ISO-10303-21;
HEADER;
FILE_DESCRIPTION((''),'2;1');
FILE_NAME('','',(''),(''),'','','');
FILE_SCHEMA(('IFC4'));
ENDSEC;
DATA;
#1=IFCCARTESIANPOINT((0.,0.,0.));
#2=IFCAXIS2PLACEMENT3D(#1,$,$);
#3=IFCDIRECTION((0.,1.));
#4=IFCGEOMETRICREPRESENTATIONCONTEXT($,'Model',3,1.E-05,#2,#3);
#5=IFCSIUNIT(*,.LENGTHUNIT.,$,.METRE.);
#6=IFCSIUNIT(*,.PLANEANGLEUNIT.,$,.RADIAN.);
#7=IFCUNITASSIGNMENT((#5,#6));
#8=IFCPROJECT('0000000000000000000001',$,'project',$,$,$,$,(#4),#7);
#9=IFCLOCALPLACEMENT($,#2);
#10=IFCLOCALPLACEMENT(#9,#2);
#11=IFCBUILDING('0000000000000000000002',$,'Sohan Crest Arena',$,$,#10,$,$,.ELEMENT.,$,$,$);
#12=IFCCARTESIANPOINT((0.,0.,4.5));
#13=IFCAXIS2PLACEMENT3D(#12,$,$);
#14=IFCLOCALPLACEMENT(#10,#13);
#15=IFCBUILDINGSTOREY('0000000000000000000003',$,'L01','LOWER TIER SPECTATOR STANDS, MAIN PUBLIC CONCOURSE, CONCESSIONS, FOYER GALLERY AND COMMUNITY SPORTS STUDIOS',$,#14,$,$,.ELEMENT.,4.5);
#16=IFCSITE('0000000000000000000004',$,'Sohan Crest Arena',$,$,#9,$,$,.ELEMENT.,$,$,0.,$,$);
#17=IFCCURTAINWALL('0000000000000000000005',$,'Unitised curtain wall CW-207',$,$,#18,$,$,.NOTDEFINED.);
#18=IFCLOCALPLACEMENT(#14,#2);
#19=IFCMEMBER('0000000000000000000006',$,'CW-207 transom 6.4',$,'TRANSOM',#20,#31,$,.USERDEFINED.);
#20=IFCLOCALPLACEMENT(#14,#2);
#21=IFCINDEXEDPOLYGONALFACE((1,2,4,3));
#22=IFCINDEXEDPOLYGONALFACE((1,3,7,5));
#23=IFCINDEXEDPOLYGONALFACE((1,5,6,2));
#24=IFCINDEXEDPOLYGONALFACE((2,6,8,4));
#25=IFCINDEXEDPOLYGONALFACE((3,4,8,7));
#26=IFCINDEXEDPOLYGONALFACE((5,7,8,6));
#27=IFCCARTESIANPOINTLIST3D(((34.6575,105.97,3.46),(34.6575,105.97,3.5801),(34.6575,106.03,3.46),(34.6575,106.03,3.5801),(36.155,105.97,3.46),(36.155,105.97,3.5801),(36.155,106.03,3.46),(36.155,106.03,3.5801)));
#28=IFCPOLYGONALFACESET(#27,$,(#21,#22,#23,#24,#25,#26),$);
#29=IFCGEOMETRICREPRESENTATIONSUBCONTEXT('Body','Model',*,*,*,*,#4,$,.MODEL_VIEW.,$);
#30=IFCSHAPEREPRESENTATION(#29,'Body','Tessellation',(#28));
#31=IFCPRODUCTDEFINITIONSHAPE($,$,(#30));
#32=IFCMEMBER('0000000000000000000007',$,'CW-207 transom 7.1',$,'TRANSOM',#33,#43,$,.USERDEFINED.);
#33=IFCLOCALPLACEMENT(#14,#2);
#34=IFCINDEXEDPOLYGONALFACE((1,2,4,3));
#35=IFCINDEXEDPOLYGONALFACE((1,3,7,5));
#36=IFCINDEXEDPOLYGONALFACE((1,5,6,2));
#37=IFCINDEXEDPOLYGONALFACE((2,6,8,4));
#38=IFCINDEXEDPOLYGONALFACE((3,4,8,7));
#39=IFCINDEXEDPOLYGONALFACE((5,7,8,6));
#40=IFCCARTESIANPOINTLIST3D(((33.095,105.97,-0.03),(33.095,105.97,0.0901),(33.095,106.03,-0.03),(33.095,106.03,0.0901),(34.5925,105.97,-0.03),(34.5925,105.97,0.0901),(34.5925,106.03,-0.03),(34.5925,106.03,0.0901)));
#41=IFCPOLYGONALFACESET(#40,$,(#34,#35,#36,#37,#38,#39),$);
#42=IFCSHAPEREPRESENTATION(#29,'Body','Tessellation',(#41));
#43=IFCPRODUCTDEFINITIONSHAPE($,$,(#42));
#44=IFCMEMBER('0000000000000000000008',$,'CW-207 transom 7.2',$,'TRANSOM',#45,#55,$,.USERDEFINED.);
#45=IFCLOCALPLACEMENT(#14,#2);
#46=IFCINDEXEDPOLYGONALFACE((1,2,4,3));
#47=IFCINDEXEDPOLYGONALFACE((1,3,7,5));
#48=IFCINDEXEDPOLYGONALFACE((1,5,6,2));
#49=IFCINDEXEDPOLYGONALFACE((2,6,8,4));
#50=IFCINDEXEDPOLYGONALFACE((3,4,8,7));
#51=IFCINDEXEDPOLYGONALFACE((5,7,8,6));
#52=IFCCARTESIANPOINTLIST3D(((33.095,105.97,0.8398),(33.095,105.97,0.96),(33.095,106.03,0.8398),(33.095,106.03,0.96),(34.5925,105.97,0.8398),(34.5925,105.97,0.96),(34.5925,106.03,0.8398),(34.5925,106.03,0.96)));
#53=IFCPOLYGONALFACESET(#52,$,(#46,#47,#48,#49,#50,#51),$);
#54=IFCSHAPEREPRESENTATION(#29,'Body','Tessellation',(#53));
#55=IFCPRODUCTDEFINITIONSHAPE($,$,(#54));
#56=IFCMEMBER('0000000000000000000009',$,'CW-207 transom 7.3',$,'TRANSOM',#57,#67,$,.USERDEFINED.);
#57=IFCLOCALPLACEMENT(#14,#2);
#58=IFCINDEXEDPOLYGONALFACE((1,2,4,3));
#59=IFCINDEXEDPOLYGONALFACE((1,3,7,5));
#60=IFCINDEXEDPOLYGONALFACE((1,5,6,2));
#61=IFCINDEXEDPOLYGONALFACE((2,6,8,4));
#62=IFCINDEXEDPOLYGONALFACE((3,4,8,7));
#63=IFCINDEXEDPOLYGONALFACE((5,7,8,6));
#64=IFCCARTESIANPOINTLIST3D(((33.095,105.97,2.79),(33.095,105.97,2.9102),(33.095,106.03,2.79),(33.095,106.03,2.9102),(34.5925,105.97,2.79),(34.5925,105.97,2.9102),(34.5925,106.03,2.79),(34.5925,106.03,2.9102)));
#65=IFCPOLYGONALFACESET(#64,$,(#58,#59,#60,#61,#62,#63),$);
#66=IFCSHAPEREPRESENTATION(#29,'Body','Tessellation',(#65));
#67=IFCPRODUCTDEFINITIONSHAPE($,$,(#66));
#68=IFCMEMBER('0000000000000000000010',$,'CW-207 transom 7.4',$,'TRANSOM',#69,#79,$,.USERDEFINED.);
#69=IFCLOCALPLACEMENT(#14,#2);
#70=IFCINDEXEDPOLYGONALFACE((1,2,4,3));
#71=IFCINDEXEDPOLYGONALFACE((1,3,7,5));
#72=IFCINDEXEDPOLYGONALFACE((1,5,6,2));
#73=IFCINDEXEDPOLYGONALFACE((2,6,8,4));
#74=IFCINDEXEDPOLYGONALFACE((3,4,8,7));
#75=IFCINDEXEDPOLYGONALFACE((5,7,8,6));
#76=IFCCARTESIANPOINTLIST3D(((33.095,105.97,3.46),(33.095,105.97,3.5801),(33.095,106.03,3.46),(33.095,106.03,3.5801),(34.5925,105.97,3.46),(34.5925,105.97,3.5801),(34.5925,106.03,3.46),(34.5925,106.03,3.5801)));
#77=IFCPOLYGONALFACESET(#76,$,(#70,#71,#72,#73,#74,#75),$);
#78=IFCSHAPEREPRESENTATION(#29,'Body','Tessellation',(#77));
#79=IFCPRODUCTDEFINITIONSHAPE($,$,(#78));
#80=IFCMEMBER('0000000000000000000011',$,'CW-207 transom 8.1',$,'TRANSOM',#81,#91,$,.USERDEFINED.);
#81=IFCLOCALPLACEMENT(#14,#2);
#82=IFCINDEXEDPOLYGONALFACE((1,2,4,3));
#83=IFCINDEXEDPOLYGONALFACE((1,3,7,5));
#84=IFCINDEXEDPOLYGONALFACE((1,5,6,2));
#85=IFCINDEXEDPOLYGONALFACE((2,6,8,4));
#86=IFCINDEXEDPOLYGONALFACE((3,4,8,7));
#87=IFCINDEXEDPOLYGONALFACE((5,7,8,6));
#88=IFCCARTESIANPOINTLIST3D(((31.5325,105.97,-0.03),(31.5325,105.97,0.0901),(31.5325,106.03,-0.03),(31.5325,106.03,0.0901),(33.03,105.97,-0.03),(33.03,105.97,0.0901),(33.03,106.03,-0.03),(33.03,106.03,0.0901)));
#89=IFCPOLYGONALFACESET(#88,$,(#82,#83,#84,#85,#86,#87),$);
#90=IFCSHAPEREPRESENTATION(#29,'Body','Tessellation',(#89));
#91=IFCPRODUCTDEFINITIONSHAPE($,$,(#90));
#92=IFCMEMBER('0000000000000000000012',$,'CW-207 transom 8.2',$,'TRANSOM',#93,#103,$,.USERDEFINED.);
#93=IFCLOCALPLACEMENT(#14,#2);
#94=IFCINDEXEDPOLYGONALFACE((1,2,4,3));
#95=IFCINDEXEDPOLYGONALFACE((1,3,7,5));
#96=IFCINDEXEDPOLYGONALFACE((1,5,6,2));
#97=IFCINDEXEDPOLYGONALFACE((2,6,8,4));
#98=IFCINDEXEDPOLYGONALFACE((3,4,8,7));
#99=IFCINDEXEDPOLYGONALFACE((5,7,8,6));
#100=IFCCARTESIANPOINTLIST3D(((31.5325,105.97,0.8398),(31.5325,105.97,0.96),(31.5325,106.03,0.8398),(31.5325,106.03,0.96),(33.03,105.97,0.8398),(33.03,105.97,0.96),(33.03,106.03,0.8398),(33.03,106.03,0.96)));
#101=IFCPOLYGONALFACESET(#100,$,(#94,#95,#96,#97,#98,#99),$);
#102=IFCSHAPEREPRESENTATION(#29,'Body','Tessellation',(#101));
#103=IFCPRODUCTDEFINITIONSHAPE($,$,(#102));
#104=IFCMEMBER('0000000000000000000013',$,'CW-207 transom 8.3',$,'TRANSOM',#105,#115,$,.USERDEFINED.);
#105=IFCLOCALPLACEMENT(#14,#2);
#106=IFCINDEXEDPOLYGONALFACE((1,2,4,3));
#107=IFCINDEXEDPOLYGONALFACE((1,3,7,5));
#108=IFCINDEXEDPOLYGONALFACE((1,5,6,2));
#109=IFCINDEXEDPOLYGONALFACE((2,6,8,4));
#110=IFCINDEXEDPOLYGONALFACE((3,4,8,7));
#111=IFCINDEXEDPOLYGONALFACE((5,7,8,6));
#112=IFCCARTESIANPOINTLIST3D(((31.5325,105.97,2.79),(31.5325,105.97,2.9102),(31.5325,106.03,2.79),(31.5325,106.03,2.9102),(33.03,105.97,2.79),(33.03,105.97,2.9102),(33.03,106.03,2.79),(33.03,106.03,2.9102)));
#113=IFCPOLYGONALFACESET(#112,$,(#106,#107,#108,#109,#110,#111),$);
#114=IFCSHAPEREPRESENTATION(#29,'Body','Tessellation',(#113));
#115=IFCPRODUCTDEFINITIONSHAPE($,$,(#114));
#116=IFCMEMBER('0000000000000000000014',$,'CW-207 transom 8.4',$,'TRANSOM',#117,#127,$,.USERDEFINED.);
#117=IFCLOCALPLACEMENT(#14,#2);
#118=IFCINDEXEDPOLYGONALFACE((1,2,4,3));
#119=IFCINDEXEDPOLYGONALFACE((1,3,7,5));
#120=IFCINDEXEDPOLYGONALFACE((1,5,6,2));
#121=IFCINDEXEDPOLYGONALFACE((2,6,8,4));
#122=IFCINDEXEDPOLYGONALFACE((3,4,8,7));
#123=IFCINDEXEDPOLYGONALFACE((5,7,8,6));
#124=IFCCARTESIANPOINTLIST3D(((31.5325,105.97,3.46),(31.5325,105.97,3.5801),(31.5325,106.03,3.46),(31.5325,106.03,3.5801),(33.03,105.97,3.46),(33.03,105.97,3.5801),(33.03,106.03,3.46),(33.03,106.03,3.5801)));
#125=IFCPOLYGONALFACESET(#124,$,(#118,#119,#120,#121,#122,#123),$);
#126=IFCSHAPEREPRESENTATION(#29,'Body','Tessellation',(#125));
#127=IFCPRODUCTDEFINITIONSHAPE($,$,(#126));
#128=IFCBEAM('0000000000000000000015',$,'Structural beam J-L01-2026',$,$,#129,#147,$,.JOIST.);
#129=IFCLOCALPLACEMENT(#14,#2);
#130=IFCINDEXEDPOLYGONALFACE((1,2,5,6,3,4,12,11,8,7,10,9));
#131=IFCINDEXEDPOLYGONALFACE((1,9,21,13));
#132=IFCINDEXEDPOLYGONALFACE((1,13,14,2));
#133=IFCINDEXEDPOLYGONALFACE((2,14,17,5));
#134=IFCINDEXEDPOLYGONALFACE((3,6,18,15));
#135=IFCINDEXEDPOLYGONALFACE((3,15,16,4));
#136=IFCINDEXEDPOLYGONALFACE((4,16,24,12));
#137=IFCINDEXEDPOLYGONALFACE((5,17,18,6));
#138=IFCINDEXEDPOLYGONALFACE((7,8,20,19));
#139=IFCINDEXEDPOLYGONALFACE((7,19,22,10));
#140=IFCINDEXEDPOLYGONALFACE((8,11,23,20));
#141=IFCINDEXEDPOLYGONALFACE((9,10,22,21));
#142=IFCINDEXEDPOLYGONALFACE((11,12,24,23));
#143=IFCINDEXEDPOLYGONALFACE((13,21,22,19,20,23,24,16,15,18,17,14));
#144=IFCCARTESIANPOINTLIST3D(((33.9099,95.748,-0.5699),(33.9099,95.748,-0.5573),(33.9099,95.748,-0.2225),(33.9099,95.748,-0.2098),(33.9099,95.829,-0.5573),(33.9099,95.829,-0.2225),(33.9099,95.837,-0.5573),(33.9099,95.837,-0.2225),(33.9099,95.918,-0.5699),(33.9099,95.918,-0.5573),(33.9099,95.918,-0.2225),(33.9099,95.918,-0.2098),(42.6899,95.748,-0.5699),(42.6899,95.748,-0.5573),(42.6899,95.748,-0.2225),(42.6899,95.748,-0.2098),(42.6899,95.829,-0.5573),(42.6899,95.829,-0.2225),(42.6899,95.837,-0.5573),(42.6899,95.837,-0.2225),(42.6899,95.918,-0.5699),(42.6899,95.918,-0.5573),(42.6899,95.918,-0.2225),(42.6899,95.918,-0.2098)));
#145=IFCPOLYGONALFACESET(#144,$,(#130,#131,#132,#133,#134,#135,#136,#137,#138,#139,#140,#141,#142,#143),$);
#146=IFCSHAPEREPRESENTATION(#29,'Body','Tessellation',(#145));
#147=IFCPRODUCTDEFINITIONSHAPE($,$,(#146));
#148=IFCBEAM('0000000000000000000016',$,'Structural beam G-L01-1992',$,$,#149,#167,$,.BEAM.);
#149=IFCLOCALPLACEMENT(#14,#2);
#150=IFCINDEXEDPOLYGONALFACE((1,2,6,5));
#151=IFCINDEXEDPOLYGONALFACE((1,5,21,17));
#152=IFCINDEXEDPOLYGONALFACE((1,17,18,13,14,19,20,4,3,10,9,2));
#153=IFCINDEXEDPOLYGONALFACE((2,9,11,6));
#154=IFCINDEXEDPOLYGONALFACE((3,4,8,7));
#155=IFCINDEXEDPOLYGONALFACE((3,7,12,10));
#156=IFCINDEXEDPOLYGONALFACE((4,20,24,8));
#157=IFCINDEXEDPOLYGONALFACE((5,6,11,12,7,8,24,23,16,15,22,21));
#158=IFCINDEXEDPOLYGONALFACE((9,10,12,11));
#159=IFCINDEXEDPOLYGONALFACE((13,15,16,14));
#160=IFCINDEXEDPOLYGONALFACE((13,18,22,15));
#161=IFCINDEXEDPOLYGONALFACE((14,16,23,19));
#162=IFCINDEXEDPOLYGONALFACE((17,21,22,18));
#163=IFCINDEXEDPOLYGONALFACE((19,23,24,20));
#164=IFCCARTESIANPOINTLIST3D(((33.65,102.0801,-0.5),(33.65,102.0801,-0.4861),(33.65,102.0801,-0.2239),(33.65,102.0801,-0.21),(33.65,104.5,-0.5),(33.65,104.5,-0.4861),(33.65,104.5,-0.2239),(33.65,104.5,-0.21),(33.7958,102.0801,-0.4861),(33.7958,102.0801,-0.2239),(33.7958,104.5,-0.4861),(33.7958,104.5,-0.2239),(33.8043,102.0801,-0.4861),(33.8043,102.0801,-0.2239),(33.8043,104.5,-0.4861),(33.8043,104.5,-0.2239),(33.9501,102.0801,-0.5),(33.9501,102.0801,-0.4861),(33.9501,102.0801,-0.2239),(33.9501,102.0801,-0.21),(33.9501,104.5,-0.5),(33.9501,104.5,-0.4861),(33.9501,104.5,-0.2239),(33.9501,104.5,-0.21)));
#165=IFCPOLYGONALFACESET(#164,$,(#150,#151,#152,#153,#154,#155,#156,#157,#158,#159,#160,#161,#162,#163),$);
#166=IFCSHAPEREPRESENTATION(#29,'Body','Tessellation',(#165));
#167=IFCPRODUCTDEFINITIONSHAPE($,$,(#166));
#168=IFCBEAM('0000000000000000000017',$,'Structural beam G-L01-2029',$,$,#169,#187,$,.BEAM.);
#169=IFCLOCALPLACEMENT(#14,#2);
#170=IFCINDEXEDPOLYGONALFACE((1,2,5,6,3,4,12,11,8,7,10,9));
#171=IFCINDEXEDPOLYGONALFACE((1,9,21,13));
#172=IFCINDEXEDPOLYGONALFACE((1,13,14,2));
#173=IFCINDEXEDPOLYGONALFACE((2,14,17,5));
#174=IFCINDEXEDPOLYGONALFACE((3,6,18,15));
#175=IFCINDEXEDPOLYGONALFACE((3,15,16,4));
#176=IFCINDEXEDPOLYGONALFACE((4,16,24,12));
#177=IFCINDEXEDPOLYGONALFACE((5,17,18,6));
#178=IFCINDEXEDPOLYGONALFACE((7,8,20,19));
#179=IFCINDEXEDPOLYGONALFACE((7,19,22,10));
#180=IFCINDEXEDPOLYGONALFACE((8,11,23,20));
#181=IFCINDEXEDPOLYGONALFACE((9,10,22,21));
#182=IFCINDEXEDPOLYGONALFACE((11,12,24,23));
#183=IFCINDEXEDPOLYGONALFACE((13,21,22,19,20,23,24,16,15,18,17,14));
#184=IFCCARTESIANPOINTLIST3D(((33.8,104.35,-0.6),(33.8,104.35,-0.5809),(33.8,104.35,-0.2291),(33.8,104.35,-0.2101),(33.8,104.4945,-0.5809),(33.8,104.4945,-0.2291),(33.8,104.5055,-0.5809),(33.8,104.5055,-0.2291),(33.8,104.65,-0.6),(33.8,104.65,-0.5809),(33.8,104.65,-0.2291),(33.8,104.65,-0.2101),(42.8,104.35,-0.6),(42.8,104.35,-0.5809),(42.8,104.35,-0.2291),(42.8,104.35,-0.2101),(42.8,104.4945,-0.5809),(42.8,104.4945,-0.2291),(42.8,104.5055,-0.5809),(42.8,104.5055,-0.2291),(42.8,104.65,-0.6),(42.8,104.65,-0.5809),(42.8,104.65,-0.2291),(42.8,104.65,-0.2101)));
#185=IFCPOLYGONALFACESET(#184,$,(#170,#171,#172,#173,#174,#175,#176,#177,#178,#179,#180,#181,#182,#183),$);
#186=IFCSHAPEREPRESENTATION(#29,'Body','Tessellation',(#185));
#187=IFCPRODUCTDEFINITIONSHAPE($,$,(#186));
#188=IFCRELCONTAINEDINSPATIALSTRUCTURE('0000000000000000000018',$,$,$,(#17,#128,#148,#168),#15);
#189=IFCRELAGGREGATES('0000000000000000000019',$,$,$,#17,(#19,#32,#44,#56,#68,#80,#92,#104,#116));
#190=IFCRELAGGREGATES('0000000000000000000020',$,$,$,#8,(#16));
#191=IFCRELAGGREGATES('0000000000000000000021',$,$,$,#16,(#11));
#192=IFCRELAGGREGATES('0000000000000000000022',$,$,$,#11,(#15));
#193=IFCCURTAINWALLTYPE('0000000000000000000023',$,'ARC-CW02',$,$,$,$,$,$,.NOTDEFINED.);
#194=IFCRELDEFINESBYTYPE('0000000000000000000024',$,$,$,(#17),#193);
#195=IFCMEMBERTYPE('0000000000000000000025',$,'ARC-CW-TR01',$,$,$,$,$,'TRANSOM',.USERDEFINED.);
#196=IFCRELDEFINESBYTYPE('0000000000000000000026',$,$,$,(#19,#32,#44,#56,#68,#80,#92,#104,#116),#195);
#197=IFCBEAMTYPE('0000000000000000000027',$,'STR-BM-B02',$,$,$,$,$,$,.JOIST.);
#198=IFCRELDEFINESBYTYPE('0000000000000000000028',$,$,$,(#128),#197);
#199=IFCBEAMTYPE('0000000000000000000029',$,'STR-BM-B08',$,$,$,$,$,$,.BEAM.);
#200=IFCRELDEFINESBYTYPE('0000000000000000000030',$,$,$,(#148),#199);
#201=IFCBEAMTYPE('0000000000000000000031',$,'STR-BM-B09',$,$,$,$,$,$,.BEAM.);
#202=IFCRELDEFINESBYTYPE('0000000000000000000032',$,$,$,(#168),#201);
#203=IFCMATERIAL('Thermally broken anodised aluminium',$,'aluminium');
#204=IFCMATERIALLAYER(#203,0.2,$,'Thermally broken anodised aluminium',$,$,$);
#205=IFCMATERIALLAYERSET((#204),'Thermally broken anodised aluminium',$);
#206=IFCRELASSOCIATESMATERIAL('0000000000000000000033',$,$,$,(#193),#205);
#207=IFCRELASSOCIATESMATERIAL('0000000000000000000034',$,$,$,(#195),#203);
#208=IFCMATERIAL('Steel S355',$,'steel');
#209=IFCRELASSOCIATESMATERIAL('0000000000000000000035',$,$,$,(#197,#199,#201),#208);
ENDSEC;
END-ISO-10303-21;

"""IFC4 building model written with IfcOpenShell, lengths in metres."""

from ifc_helpers import new_model, si_unit, direction, frame, origin, origin_2d, place, context, subcontext, project, spatial, rectangle, i_section, extrude, material, layer, layer_set, material_profile, profile_set, type_object, element, aggregate, save


model = new_model("IFC4")

# Units and contexts
model_context = context("Model", 3, precision=1e-05, world=origin(), true_north=direction((0.0, 1.0)))
body_context = subcontext(model_context, "Body", "Model", "MODEL_VIEW")
ifc_project = project(units=[si_unit("LENGTHUNIT", "METRE"), si_unit("PLANEANGLEUNIT", "RADIAN")], contexts=[model_context])

# Site, building, storey
site_placement = place(None, origin())
site = spatial("IfcSite", under=ifc_project, at=site_placement, Name="Sohan Crest Arena", CompositionType="ELEMENT", RefElevation=0.0)
building_placement = place(site_placement, origin())
building = spatial("IfcBuilding", under=site, at=building_placement, Name="Sohan Crest Arena", CompositionType="ELEMENT")
storey_placement = place(building_placement, frame((0.0, 0.0, 4.5)))
storey = spatial("IfcBuildingStorey", under=building, at=storey_placement, Name="L01", Description="LOWER TIER SPECTATOR STANDS, MAIN PUBLIC CONCOURSE, CONCESSIONS, FOYER GALLERY AND COMMUNITY SPORTS STUDIOS", CompositionType="ELEMENT", Elevation=4.5)

# Curtain wall, members
ifc_material_1 = material(Name="Thermally broken anodised aluminium", Category="aluminium")
ifc_layer_1 = layer(ifc_material_1, 0.2, Name="Thermally broken anodised aluminium")
ifc_layer_set_1 = layer_set([ifc_layer_1], Name="Thermally broken anodised aluminium")
curtain_wall_type = type_object("IfcCurtainWallType", Name="ARC-CW02", PredefinedType="NOTDEFINED", material=ifc_layer_set_1)
curtain_wall_placement = place(storey_placement, origin())
curtain_wall = element("IfcCurtainWall", 1, at=curtain_wall_placement, inside=storey, type_object=curtain_wall_type, Name="Unitised curtain wall CW-207", PredefinedType="NOTDEFINED")
ifc_material_profile_1 = material_profile(ifc_material_1, rectangle(XDim=0.0601, YDim=0.1201, at=origin_2d()), Name="ALU-TRAN 60x120")
ifc_profile_set_1 = profile_set([ifc_material_profile_1], Name="Thermally broken anodised aluminium")
member_type_1 = type_object("IfcMemberType", Name="ARC-CW-TR01", ElementType="TRANSOM", PredefinedType="USERDEFINED", material=ifc_profile_set_1)
member_1_placement = place(storey_placement, frame((36.155, 106.0, 3.52), z_axis=(-1.0, 0.0, 0.0), x_axis=(0.0, -1.0, 0.0)))
member_1 = element("IfcMember", 2, at=member_1_placement, type_object=member_type_1, Name="CW-207 transom 6.4", ObjectType="TRANSOM", PredefinedType="USERDEFINED", context=body_context, shape_type="SweptSolid", body=[
    extrude(rectangle(XDim=0.0601, YDim=0.1201, at=origin_2d()), origin(), (0.0, 0.0, 1.0), 1.4976),
])
member_2_placement = place(storey_placement, frame((34.5925, 106.0, 0.03), z_axis=(-1.0, 0.0, 0.0), x_axis=(0.0, -1.0, 0.0)))
member_2 = element("IfcMember", 3, at=member_2_placement, type_object=member_type_1, Name="CW-207 transom 7.1", ObjectType="TRANSOM", PredefinedType="USERDEFINED", context=body_context, shape_type="SweptSolid", body=[
    extrude(rectangle(XDim=0.0601, YDim=0.1201, at=origin_2d()), origin(), (0.0, 0.0, 1.0), 1.4976),
])
member_3_placement = place(storey_placement, frame((34.5925, 106.0, 0.8999), z_axis=(-1.0, 0.0, 0.0), x_axis=(0.0, -1.0, 0.0)))
member_3 = element("IfcMember", 4, at=member_3_placement, type_object=member_type_1, Name="CW-207 transom 7.2", ObjectType="TRANSOM", PredefinedType="USERDEFINED", context=body_context, shape_type="SweptSolid", body=[
    extrude(rectangle(XDim=0.0601, YDim=0.1201, at=origin_2d()), origin(), (0.0, 0.0, 1.0), 1.4976),
])
member_4_placement = place(storey_placement, frame((34.5925, 106.0, 2.8501), z_axis=(-1.0, 0.0, 0.0), x_axis=(0.0, -1.0, 0.0)))
member_4 = element("IfcMember", 5, at=member_4_placement, type_object=member_type_1, Name="CW-207 transom 7.3", ObjectType="TRANSOM", PredefinedType="USERDEFINED", context=body_context, shape_type="SweptSolid", body=[
    extrude(rectangle(XDim=0.0601, YDim=0.1201, at=origin_2d()), origin(), (0.0, 0.0, 1.0), 1.4976),
])
member_5_placement = place(storey_placement, frame((34.5925, 106.0, 3.52), z_axis=(-1.0, 0.0, 0.0), x_axis=(0.0, -1.0, 0.0)))
member_5 = element("IfcMember", 6, at=member_5_placement, type_object=member_type_1, Name="CW-207 transom 7.4", ObjectType="TRANSOM", PredefinedType="USERDEFINED", context=body_context, shape_type="SweptSolid", body=[
    extrude(rectangle(XDim=0.0601, YDim=0.1201, at=origin_2d()), origin(), (0.0, 0.0, 1.0), 1.4976),
])
member_6_placement = place(storey_placement, frame((33.03, 106.0, 0.03), z_axis=(-1.0, 0.0, 0.0), x_axis=(0.0, -1.0, 0.0)))
member_6 = element("IfcMember", 7, at=member_6_placement, type_object=member_type_1, Name="CW-207 transom 8.1", ObjectType="TRANSOM", PredefinedType="USERDEFINED", context=body_context, shape_type="SweptSolid", body=[
    extrude(rectangle(XDim=0.0601, YDim=0.1201, at=origin_2d()), origin(), (0.0, 0.0, 1.0), 1.4976),
])
member_7_placement = place(storey_placement, frame((33.03, 106.0, 0.8999), z_axis=(-1.0, 0.0, 0.0), x_axis=(0.0, -1.0, 0.0)))
member_7 = element("IfcMember", 8, at=member_7_placement, type_object=member_type_1, Name="CW-207 transom 8.2", ObjectType="TRANSOM", PredefinedType="USERDEFINED", context=body_context, shape_type="SweptSolid", body=[
    extrude(rectangle(XDim=0.0601, YDim=0.1201, at=origin_2d()), origin(), (0.0, 0.0, 1.0), 1.4976),
])
member_8_placement = place(storey_placement, frame((33.03, 106.0, 2.8501), z_axis=(-1.0, 0.0, 0.0), x_axis=(0.0, -1.0, 0.0)))
member_8 = element("IfcMember", 9, at=member_8_placement, type_object=member_type_1, Name="CW-207 transom 8.3", ObjectType="TRANSOM", PredefinedType="USERDEFINED", context=body_context, shape_type="SweptSolid", body=[
    extrude(rectangle(XDim=0.0601, YDim=0.1201, at=origin_2d()), origin(), (0.0, 0.0, 1.0), 1.4976),
])
member_9_placement = place(storey_placement, frame((33.03, 106.0, 3.52), z_axis=(-1.0, 0.0, 0.0), x_axis=(0.0, -1.0, 0.0)))
member_9 = element("IfcMember", 10, at=member_9_placement, type_object=member_type_1, Name="CW-207 transom 8.4", ObjectType="TRANSOM", PredefinedType="USERDEFINED", context=body_context, shape_type="SweptSolid", body=[
    extrude(rectangle(XDim=0.0601, YDim=0.1201, at=origin_2d()), origin(), (0.0, 0.0, 1.0), 1.4976),
])

# Beams
ifc_material_2 = material(Name="Steel S355", Category="steel")
ifc_material_profile_2 = material_profile(ifc_material_2, i_section(OverallWidth=0.1699, OverallDepth=0.3601, WebThickness=0.0081, FlangeThickness=0.0127, at=origin_2d()), Name="IPE 360")
ifc_profile_set_2 = profile_set([ifc_material_profile_2], Name="Steel S355")
beam_type_1 = type_object("IfcBeamType", Name="STR-BM-B02", PredefinedType="JOIST", material=ifc_profile_set_2)
beam_1_placement = place(storey_placement, frame((33.9099, 95.833, -0.3899), z_axis=(1.0, 0.0, 0.0), x_axis=(0.0, 1.0, 0.0)))
element("IfcBeam", 11, at=beam_1_placement, inside=storey, type_object=beam_type_1, Name="Structural beam J-L01-2026", PredefinedType="JOIST", context=body_context, shape_type="SweptSolid", body=[
    extrude(i_section(OverallWidth=0.1699, OverallDepth=0.3601, WebThickness=0.0081, FlangeThickness=0.0127, at=origin_2d()), origin(), (0.0, 0.0, 1.0), 8.78),
])
ifc_material_profile_3 = material_profile(ifc_material_2, i_section(OverallWidth=0.3, OverallDepth=0.29, WebThickness=0.0085, FlangeThickness=0.0139, at=origin_2d()), Name="HEA 300")
ifc_profile_set_3 = profile_set([ifc_material_profile_3], Name="Steel S355")
beam_type_2 = type_object("IfcBeamType", Name="STR-BM-B08", PredefinedType="BEAM", material=ifc_profile_set_3)
beam_2_placement = place(storey_placement, frame((33.8, 102.0801, -0.355), z_axis=(0.0, 1.0, 0.0), x_axis=(-1.0, 0.0, 0.0)))
element("IfcBeam", 12, at=beam_2_placement, inside=storey, type_object=beam_type_2, Name="Structural beam G-L01-1992", PredefinedType="BEAM", context=body_context, shape_type="SweptSolid", body=[
    extrude(i_section(OverallWidth=0.3, OverallDepth=0.29, WebThickness=0.0085, FlangeThickness=0.0139, at=origin_2d()), origin(), (0.0, 0.0, 1.0), 2.4199),
])
ifc_material_profile_4 = material_profile(ifc_material_2, i_section(OverallWidth=0.3, OverallDepth=0.3899, WebThickness=0.011, FlangeThickness=0.019, at=origin_2d()), Name="HEA 400")
ifc_profile_set_4 = profile_set([ifc_material_profile_4], Name="Steel S355")
beam_type_3 = type_object("IfcBeamType", Name="STR-BM-B09", PredefinedType="BEAM", material=ifc_profile_set_4)
beam_3_placement = place(storey_placement, frame((33.8, 104.5, -0.405), z_axis=(1.0, 0.0, 0.0), x_axis=(0.0, 1.0, 0.0)))
element("IfcBeam", 13, at=beam_3_placement, inside=storey, type_object=beam_type_3, Name="Structural beam G-L01-2029", PredefinedType="BEAM", context=body_context, shape_type="SweptSolid", body=[
    extrude(i_section(OverallWidth=0.3, OverallDepth=0.3899, WebThickness=0.011, FlangeThickness=0.019, at=origin_2d()), origin(), (0.0, 0.0, 1.0), 9.0),
])

aggregate(curtain_wall, [member_1, member_2, member_3, member_4, member_5, member_6, member_7, member_8, member_9])

save(model, "model.ifc")
